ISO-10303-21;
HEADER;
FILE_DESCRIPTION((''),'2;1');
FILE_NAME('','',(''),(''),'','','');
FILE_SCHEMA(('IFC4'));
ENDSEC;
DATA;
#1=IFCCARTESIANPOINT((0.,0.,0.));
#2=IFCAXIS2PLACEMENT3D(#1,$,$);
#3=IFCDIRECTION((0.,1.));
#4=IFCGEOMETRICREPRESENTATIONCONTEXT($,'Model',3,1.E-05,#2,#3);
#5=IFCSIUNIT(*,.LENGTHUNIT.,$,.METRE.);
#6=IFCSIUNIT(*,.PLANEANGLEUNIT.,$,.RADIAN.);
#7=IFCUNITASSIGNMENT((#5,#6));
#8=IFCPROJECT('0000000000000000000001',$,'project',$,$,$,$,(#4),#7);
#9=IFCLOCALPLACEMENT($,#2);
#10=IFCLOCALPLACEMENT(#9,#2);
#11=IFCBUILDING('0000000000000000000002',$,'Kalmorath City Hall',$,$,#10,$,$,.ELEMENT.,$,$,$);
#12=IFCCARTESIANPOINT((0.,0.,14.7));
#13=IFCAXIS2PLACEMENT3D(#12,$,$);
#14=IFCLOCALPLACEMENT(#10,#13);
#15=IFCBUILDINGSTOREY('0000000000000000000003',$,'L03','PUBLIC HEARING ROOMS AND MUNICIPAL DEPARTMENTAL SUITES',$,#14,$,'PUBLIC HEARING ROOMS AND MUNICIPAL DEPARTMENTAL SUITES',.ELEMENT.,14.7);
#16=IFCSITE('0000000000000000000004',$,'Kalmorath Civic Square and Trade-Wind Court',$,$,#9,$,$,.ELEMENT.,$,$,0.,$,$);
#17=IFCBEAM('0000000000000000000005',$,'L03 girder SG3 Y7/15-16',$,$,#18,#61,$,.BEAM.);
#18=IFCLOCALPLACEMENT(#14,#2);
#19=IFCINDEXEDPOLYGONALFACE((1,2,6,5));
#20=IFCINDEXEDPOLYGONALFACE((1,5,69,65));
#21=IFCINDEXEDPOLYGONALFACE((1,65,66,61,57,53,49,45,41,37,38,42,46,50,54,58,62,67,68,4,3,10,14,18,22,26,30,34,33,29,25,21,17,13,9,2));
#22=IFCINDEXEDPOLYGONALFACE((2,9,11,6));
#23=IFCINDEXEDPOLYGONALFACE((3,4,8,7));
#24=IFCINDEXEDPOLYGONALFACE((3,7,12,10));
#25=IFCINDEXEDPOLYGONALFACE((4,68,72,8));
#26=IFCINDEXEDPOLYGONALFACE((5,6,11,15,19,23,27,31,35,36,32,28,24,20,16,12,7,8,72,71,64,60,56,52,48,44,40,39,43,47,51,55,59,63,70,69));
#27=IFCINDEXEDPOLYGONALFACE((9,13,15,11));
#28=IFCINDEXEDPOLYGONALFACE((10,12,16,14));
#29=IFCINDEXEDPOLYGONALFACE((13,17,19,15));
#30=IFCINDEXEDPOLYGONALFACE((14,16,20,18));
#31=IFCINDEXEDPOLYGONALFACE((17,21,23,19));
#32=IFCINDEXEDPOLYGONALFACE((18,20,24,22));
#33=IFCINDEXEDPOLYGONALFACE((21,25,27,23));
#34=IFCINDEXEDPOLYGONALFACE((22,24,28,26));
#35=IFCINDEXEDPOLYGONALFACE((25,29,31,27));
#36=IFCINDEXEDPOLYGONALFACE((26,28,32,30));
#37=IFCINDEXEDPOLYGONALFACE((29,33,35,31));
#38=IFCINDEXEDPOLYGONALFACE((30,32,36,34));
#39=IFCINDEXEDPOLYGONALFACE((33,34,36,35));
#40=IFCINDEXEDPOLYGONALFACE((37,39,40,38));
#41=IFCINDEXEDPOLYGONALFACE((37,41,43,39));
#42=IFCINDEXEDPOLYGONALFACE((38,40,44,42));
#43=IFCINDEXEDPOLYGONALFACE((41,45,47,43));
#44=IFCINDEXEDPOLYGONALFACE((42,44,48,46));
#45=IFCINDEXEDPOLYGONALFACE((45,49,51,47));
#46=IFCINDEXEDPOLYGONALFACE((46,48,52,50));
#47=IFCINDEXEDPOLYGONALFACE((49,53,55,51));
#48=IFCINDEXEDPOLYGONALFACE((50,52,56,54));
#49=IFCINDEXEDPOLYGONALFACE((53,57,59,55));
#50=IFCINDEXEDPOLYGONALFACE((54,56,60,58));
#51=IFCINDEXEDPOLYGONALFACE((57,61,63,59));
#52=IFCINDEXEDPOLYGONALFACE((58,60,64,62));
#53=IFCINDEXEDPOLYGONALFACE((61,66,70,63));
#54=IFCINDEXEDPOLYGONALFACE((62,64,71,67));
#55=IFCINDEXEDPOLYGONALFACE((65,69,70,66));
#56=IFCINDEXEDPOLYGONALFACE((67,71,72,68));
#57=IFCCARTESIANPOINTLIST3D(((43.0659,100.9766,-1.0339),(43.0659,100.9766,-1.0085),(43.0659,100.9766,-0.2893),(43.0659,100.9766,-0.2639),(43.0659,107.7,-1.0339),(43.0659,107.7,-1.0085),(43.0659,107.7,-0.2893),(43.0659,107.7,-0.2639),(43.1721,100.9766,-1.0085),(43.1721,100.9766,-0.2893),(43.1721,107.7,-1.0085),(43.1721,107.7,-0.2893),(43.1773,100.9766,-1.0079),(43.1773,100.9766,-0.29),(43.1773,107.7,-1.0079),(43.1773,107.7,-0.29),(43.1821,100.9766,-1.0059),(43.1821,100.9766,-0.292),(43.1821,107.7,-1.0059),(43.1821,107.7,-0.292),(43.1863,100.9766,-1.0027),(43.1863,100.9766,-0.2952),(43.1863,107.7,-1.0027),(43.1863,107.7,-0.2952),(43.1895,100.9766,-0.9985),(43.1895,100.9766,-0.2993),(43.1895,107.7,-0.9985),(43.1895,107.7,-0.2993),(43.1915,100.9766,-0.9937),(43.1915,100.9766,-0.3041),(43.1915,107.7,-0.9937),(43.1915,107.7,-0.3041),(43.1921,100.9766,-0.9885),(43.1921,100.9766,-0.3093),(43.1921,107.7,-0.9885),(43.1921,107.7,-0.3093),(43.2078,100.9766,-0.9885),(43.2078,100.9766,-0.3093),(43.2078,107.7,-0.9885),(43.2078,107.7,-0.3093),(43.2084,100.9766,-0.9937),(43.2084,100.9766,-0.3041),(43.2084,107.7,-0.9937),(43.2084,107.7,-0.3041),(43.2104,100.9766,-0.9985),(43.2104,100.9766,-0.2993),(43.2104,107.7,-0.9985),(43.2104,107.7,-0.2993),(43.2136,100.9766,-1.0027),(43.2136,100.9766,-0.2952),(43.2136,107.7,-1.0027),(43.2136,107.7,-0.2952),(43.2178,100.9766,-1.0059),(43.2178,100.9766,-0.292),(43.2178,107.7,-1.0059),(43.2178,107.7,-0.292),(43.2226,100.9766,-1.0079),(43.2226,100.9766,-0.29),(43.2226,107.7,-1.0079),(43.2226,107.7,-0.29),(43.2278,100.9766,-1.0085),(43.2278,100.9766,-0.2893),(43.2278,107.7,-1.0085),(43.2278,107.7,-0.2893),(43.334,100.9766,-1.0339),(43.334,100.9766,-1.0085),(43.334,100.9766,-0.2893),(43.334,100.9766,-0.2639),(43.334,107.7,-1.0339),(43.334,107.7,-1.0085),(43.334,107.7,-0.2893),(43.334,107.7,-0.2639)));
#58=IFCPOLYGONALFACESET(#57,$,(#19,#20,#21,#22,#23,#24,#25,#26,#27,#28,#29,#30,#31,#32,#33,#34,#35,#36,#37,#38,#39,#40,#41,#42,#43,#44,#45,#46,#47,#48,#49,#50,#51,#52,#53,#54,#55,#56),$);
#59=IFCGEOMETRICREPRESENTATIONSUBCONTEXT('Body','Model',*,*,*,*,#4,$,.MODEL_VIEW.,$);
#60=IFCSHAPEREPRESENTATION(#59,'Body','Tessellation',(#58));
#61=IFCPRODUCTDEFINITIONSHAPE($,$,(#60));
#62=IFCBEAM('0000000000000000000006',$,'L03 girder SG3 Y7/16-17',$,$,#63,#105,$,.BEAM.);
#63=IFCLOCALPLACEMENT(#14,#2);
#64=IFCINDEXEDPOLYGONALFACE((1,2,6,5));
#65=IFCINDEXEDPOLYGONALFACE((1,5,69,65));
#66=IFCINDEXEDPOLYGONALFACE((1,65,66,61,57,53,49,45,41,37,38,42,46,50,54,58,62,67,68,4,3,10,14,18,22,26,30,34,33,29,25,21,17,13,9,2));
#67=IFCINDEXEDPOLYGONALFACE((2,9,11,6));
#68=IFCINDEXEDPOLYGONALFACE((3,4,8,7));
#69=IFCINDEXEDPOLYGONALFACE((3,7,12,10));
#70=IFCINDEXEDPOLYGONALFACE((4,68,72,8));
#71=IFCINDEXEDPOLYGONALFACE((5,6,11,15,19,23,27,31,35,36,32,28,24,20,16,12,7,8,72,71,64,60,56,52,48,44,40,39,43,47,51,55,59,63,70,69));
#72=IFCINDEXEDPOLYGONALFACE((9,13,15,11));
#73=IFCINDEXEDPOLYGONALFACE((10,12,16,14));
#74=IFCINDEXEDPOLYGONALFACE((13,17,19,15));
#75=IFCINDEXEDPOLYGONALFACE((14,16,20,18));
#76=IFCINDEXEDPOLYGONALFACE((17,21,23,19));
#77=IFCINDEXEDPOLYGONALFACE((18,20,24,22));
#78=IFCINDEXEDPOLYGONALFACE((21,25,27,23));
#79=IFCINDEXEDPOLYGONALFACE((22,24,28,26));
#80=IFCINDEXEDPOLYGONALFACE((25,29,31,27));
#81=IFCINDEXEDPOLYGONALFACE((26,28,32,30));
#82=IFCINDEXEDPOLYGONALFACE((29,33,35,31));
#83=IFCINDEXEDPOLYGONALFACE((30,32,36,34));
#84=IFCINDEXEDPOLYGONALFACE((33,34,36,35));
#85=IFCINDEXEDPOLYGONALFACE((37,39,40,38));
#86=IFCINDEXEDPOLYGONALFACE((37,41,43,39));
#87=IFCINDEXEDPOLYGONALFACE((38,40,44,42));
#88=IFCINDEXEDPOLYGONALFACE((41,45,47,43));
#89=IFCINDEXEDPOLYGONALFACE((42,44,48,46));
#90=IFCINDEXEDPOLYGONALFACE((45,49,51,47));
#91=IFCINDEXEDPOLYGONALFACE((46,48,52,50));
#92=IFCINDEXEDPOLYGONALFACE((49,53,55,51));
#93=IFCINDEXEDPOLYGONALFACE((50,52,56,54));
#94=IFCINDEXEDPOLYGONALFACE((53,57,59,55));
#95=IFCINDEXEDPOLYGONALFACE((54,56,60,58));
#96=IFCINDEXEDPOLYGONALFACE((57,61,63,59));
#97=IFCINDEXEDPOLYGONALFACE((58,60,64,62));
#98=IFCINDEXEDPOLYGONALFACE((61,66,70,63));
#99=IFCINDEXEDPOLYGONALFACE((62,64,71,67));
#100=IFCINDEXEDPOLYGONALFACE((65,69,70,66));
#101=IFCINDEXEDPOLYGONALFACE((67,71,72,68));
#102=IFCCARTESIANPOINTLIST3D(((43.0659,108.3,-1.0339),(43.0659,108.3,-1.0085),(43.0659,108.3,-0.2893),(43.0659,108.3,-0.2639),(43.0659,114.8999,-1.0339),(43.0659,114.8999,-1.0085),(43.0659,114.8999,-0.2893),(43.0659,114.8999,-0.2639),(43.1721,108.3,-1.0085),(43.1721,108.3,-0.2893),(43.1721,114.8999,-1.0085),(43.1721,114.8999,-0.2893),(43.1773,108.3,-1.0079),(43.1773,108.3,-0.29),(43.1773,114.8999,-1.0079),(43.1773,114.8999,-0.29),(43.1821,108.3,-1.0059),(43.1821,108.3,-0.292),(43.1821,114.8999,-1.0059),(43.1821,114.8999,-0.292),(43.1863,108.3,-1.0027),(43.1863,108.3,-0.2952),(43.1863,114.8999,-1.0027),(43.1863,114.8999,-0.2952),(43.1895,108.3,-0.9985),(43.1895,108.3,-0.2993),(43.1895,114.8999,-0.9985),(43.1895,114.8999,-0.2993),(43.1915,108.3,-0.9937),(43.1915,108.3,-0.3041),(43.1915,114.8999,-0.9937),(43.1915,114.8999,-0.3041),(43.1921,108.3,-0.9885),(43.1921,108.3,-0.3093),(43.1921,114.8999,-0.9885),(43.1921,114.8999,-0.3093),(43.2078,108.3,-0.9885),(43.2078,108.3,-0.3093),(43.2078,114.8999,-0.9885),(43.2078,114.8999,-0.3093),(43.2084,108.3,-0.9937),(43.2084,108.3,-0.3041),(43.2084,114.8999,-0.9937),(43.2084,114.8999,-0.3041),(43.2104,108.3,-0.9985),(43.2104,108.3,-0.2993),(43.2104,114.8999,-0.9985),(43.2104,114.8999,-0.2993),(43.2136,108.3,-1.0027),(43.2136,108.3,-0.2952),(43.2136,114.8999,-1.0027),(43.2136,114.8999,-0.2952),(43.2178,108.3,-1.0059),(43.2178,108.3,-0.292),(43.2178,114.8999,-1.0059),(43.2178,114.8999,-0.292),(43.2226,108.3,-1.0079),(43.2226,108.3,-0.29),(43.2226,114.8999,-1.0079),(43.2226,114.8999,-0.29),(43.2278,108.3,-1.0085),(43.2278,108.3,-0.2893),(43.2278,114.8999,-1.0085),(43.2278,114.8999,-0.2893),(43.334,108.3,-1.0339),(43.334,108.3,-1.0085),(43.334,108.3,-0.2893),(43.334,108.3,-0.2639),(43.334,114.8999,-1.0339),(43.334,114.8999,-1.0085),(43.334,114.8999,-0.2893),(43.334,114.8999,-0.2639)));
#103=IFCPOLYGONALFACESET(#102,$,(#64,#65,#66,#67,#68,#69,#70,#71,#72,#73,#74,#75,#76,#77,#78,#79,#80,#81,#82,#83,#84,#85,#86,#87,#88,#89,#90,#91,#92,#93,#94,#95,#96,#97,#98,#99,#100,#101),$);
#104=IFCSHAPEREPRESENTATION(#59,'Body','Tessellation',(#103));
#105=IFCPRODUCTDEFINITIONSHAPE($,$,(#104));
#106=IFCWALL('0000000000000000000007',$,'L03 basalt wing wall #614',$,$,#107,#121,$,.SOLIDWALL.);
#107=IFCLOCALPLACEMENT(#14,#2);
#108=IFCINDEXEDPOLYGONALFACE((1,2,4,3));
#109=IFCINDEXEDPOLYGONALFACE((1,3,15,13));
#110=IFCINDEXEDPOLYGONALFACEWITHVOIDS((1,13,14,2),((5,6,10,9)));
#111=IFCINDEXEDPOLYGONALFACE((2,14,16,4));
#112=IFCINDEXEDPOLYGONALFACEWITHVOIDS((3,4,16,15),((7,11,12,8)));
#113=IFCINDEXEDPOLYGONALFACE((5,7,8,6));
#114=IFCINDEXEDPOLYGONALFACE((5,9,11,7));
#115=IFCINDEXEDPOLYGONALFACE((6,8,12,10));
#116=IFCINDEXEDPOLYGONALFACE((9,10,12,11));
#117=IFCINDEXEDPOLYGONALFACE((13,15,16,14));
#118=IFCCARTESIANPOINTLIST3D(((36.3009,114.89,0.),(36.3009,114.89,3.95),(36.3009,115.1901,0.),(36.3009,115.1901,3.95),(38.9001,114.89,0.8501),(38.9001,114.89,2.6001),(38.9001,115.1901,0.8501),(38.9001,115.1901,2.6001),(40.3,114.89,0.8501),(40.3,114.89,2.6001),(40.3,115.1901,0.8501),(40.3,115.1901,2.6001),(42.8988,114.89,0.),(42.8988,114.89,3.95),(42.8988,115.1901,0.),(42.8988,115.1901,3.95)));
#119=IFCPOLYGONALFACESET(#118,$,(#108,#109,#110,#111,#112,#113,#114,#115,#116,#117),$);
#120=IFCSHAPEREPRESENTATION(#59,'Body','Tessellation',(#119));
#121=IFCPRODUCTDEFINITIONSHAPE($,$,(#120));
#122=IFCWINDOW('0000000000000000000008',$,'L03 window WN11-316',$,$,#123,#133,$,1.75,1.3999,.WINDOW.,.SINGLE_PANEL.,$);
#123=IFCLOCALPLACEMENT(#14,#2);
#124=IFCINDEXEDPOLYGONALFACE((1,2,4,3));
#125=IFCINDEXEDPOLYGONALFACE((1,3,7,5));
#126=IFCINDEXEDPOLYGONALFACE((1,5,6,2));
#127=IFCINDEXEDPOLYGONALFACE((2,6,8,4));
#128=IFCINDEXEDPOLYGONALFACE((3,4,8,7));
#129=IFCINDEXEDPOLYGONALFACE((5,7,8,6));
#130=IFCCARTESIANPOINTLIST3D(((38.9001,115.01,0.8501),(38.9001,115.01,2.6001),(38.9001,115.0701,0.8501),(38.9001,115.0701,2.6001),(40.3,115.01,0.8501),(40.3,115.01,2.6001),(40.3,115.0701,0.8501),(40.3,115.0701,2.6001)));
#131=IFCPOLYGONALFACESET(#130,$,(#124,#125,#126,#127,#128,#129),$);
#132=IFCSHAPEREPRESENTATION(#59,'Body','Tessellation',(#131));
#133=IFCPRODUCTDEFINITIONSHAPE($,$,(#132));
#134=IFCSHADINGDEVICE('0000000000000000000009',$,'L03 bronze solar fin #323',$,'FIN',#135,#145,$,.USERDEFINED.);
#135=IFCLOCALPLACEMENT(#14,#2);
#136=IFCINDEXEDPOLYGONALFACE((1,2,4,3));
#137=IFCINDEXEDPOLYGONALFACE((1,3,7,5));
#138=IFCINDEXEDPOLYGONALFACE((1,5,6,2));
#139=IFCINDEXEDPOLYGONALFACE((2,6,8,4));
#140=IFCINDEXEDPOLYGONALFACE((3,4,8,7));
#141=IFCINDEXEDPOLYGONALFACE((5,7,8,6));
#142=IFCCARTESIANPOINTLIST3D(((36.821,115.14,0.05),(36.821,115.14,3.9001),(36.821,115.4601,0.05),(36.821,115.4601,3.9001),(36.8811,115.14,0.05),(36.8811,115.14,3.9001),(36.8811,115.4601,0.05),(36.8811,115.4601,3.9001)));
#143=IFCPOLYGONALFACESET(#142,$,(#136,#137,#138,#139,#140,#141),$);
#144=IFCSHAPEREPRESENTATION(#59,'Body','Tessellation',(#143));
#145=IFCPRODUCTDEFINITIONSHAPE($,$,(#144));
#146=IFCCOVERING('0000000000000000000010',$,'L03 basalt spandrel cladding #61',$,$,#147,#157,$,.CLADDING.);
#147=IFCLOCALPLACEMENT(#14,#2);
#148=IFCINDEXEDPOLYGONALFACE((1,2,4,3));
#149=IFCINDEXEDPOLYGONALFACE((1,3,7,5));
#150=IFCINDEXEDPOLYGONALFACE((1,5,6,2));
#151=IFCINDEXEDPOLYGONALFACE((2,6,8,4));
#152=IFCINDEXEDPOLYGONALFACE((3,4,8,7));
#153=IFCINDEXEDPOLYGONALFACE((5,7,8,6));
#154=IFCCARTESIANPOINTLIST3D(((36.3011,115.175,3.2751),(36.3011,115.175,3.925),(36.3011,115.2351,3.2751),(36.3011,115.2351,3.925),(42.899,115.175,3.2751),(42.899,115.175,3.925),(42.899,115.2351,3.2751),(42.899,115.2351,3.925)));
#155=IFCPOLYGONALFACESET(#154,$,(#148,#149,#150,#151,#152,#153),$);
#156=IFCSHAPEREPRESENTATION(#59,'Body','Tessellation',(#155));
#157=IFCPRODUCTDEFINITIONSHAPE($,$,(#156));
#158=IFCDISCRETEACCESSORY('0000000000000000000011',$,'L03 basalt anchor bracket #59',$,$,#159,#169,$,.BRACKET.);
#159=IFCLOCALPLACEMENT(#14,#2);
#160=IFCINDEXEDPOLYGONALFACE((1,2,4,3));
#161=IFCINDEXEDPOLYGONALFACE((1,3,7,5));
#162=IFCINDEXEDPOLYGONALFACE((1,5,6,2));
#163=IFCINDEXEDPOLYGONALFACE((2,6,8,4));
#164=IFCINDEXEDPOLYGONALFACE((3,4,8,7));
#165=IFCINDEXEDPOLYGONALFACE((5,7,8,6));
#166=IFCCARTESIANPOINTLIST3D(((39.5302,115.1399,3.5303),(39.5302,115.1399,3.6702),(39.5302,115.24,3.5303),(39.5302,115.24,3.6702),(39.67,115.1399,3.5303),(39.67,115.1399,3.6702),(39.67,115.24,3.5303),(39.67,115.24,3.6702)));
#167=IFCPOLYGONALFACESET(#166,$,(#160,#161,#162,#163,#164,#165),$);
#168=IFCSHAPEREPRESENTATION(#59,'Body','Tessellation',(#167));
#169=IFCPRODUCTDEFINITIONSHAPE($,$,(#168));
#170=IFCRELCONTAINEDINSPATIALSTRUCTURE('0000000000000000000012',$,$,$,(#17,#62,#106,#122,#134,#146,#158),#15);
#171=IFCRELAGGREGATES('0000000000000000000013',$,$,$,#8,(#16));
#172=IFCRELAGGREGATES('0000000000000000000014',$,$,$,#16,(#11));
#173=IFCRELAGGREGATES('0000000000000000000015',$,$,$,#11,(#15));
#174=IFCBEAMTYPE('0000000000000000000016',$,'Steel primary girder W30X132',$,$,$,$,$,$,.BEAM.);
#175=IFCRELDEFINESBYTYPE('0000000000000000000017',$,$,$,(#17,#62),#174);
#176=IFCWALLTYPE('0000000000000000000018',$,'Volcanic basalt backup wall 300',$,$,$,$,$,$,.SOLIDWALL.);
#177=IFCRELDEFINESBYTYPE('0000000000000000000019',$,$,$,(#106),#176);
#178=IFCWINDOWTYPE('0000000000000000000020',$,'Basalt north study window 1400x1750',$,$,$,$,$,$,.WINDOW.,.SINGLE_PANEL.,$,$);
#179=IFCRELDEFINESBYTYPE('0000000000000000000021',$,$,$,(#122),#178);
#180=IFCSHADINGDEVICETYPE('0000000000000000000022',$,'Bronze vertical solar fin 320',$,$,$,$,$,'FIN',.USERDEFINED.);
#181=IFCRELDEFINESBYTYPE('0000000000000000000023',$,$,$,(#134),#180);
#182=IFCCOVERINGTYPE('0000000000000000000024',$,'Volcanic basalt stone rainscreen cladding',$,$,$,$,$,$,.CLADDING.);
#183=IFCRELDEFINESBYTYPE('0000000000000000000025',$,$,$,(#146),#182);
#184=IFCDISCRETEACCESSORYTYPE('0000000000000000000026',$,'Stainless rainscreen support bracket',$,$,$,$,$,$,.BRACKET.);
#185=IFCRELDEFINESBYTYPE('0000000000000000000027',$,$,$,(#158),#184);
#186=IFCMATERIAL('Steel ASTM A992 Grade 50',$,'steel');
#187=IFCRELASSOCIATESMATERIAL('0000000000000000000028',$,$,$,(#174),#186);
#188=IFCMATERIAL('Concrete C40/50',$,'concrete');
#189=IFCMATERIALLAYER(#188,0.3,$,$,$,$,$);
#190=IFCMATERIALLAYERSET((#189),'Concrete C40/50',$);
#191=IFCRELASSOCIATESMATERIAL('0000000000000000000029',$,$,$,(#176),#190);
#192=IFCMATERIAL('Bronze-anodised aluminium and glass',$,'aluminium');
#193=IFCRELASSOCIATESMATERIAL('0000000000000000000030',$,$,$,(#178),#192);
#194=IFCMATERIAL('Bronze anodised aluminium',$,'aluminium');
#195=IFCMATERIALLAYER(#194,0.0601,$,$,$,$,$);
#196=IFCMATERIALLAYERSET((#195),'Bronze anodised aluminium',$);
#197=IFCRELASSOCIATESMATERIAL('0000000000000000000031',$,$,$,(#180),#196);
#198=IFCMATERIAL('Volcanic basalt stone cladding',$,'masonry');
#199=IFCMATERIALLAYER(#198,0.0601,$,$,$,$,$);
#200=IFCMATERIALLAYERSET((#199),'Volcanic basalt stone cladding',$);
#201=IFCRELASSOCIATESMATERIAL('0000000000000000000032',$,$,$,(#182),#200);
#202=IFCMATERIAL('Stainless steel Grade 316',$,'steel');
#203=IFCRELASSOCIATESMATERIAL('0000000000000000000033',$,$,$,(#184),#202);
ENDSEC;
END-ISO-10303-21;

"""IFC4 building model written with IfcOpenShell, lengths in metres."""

from ifc_helpers import new_model, si_unit, direction, frame, frame_2d, origin, origin_2d, place, context, subcontext, project, spatial, rectangle, i_section, extrude, material, layer, layer_set, material_profile, profile_set, type_object, element, fill, save


model = new_model("IFC4")

# Units and contexts
model_context = context("Model", 3, precision=1e-05, world=origin(), true_north=direction((0.0, 1.0)))
body_context = subcontext(model_context, "Body", "Model", "MODEL_VIEW")
ifc_project = project(units=[si_unit("LENGTHUNIT", "METRE"), si_unit("PLANEANGLEUNIT", "RADIAN")], contexts=[model_context])

# Site, building, storey
site_placement = place(None, origin())
site = spatial("IfcSite", under=ifc_project, at=site_placement, Name="Kalmorath Civic Square and Trade-Wind Court", CompositionType="ELEMENT", RefElevation=0.0)
building_placement = place(site_placement, origin())
building = spatial("IfcBuilding", under=site, at=building_placement, Name="Kalmorath City Hall", CompositionType="ELEMENT")
storey_placement = place(building_placement, frame((0.0, 0.0, 14.7)))
storey = spatial("IfcBuildingStorey", under=building, at=storey_placement, Name="L03", Description="PUBLIC HEARING ROOMS AND MUNICIPAL DEPARTMENTAL SUITES", LongName="PUBLIC HEARING ROOMS AND MUNICIPAL DEPARTMENTAL SUITES", CompositionType="ELEMENT", Elevation=14.7)

# Beams
ifc_material_1 = material(Name="Steel ASTM A992 Grade 50", Category="steel")
ifc_material_profile_1 = material_profile(ifc_material_1, i_section(OverallWidth=0.2681, OverallDepth=0.77, WebThickness=0.0156, FlangeThickness=0.0254, FilletRadius=0.02, at=origin_2d()), Name="W30X132")
ifc_profile_set_1 = profile_set([ifc_material_profile_1], Name="Steel ASTM A992 Grade 50")
beam_type_1 = type_object("IfcBeamType", Name="Steel primary girder W30X132", PredefinedType="BEAM", material=ifc_profile_set_1)
beam_1_placement = place(storey_placement, frame((43.2, 100.9766, -0.6489), z_axis=(0.0, 1.0, 0.0), x_axis=(-1.0, 0.0, 0.0)))
element("IfcBeam", 1, at=beam_1_placement, inside=storey, type_object=beam_type_1, Name="L03 girder SG3 Y7/15-16", PredefinedType="BEAM", context=body_context, shape_type="SweptSolid", body=[
    extrude(i_section(OverallWidth=0.2681, OverallDepth=0.77, WebThickness=0.0156, FlangeThickness=0.0254, FilletRadius=0.02, at=origin_2d()), origin(), (0.0, 0.0, 1.0), 6.7234),
])
beam_2_placement = place(storey_placement, frame((43.2, 108.3, -0.6489), z_axis=(0.0, 1.0, 0.0), x_axis=(-1.0, 0.0, 0.0)))
element("IfcBeam", 2, at=beam_2_placement, inside=storey, type_object=beam_type_1, Name="L03 girder SG3 Y7/16-17", PredefinedType="BEAM", context=body_context, shape_type="SweptSolid", body=[
    extrude(i_section(OverallWidth=0.2681, OverallDepth=0.77, WebThickness=0.0156, FlangeThickness=0.0254, FilletRadius=0.02, at=origin_2d()), origin(), (0.0, 0.0, 1.0), 6.5999),
])

# Wall, opening, window
ifc_material_2 = material(Name="Concrete C40/50", Category="concrete")
ifc_layer_1 = layer(ifc_material_2, 0.3)
ifc_layer_set_1 = layer_set([ifc_layer_1], Name="Concrete C40/50")
wall_type = type_object("IfcWallType", Name="Volcanic basalt backup wall 300", PredefinedType="SOLIDWALL", material=ifc_layer_set_1)
wall_placement = place(storey_placement, frame((36.301, 115.04, 0.0), z_axis=(0.0, 0.0, 1.0), x_axis=(1.0, 0.0, 0.0)))
wall = element("IfcWall", 3, at=wall_placement, inside=storey, type_object=wall_type, Name="L03 basalt wing wall #614", PredefinedType="SOLIDWALL", context=body_context, shape_type="SweptSolid", body=[
    extrude(rectangle(XDim=6.5979, YDim=0.3, at=frame_2d((3.2988, 0.0))), origin(), (0.0, 0.0, 1.0), 3.95),
])
opening_placement = place(wall_placement, frame((2.5991, 0.0, 0.8501)))
opening = element("IfcOpeningElement", 4, at=opening_placement, cuts=wall, PredefinedType="OPENING", context=body_context, shape_type="SweptSolid", body=[
    extrude(rectangle(XDim=1.3999, YDim=1.75, at=frame_2d((0.7, 0.875))), frame((0.0, 0.1599, 0.0), z_axis=(0.0, -1.0, 0.0), x_axis=(1.0, 0.0, 0.0)), (0.0, 0.0, 1.0), 0.3201),
])
ifc_material_3 = material(Name="Bronze-anodised aluminium and glass", Category="aluminium")
window_type = type_object("IfcWindowType", Name="Basalt north study window 1400x1750", PartitioningType="SINGLE_PANEL", PredefinedType="WINDOW", material=ifc_material_3)
window_placement = place(opening_placement, origin())
window = element("IfcWindow", 5, at=window_placement, inside=storey, type_object=window_type, Name="L03 window WN11-316", OverallHeight=1.75, OverallWidth=1.3999, PartitioningType="SINGLE_PANEL", PredefinedType="WINDOW", context=body_context, shape_type="SweptSolid", body=[
    extrude(rectangle(XDim=1.3999, YDim=1.75, at=frame_2d((0.7, 0.875))), frame((0.0, 0.03, 0.0), z_axis=(0.0, -1.0, 0.0), x_axis=(1.0, 0.0, 0.0)), (0.0, 0.0, 1.0), 0.0601),
])
fill(opening, window)

# Shading device
ifc_material_4 = material(Name="Bronze anodised aluminium", Category="aluminium")
ifc_layer_2 = layer(ifc_material_4, 0.0601)
ifc_layer_set_2 = layer_set([ifc_layer_2], Name="Bronze anodised aluminium")
shading_device_type = type_object("IfcShadingDeviceType", Name="Bronze vertical solar fin 320", ElementType="FIN", PredefinedType="USERDEFINED", material=ifc_layer_set_2)
shading_device_placement = place(storey_placement, frame((36.8511, 115.3, 0.05), z_axis=(0.0, 0.0, 1.0), x_axis=(1.0, 0.0, 0.0)))
element("IfcShadingDevice", 6, at=shading_device_placement, inside=storey, type_object=shading_device_type, Name="L03 bronze solar fin #323", ObjectType="FIN", PredefinedType="USERDEFINED", context=body_context, shape_type="SweptSolid", body=[
    extrude(rectangle(XDim=0.0601, YDim=0.3201, at=origin_2d()), origin(), (0.0, 0.0, 1.0), 3.8501),
])

# Covering
ifc_material_5 = material(Name="Volcanic basalt stone cladding", Category="masonry")
ifc_layer_3 = layer(ifc_material_5, 0.0601)
ifc_layer_set_3 = layer_set([ifc_layer_3], Name="Volcanic basalt stone cladding")
covering_type = type_object("IfcCoveringType", Name="Volcanic basalt stone rainscreen cladding", PredefinedType="CLADDING", material=ifc_layer_set_3)
covering_placement = place(storey_placement, frame((39.6001, 115.2051, 3.2751), z_axis=(0.0, 0.0, 1.0), x_axis=(1.0, 0.0, 0.0)))
element("IfcCovering", 7, at=covering_placement, inside=storey, type_object=covering_type, Name="L03 basalt spandrel cladding #61", PredefinedType="CLADDING", context=body_context, shape_type="SweptSolid", body=[
    extrude(rectangle(XDim=6.5979, YDim=0.0601, at=origin_2d()), origin(), (0.0, 0.0, 1.0), 0.6499),
])

# Discrete accessory
ifc_material_6 = material(Name="Stainless steel Grade 316", Category="steel")
discrete_accessory_type = type_object("IfcDiscreteAccessoryType", Name="Stainless rainscreen support bracket", PredefinedType="BRACKET", material=ifc_material_6)
discrete_accessory_placement = place(storey_placement, frame((39.6001, 115.1899, 3.5303), z_axis=(0.0, 0.0, 1.0), x_axis=(1.0, 0.0, 0.0)))
element("IfcDiscreteAccessory", 8, at=discrete_accessory_placement, inside=storey, type_object=discrete_accessory_type, Name="L03 basalt anchor bracket #59", PredefinedType="BRACKET", context=body_context, shape_type="SweptSolid", body=[
    extrude(rectangle(XDim=0.1399, YDim=0.1001, at=origin_2d()), origin(), (0.0, 0.0, 1.0), 0.1399),
])

save(model, "model.ifc")
